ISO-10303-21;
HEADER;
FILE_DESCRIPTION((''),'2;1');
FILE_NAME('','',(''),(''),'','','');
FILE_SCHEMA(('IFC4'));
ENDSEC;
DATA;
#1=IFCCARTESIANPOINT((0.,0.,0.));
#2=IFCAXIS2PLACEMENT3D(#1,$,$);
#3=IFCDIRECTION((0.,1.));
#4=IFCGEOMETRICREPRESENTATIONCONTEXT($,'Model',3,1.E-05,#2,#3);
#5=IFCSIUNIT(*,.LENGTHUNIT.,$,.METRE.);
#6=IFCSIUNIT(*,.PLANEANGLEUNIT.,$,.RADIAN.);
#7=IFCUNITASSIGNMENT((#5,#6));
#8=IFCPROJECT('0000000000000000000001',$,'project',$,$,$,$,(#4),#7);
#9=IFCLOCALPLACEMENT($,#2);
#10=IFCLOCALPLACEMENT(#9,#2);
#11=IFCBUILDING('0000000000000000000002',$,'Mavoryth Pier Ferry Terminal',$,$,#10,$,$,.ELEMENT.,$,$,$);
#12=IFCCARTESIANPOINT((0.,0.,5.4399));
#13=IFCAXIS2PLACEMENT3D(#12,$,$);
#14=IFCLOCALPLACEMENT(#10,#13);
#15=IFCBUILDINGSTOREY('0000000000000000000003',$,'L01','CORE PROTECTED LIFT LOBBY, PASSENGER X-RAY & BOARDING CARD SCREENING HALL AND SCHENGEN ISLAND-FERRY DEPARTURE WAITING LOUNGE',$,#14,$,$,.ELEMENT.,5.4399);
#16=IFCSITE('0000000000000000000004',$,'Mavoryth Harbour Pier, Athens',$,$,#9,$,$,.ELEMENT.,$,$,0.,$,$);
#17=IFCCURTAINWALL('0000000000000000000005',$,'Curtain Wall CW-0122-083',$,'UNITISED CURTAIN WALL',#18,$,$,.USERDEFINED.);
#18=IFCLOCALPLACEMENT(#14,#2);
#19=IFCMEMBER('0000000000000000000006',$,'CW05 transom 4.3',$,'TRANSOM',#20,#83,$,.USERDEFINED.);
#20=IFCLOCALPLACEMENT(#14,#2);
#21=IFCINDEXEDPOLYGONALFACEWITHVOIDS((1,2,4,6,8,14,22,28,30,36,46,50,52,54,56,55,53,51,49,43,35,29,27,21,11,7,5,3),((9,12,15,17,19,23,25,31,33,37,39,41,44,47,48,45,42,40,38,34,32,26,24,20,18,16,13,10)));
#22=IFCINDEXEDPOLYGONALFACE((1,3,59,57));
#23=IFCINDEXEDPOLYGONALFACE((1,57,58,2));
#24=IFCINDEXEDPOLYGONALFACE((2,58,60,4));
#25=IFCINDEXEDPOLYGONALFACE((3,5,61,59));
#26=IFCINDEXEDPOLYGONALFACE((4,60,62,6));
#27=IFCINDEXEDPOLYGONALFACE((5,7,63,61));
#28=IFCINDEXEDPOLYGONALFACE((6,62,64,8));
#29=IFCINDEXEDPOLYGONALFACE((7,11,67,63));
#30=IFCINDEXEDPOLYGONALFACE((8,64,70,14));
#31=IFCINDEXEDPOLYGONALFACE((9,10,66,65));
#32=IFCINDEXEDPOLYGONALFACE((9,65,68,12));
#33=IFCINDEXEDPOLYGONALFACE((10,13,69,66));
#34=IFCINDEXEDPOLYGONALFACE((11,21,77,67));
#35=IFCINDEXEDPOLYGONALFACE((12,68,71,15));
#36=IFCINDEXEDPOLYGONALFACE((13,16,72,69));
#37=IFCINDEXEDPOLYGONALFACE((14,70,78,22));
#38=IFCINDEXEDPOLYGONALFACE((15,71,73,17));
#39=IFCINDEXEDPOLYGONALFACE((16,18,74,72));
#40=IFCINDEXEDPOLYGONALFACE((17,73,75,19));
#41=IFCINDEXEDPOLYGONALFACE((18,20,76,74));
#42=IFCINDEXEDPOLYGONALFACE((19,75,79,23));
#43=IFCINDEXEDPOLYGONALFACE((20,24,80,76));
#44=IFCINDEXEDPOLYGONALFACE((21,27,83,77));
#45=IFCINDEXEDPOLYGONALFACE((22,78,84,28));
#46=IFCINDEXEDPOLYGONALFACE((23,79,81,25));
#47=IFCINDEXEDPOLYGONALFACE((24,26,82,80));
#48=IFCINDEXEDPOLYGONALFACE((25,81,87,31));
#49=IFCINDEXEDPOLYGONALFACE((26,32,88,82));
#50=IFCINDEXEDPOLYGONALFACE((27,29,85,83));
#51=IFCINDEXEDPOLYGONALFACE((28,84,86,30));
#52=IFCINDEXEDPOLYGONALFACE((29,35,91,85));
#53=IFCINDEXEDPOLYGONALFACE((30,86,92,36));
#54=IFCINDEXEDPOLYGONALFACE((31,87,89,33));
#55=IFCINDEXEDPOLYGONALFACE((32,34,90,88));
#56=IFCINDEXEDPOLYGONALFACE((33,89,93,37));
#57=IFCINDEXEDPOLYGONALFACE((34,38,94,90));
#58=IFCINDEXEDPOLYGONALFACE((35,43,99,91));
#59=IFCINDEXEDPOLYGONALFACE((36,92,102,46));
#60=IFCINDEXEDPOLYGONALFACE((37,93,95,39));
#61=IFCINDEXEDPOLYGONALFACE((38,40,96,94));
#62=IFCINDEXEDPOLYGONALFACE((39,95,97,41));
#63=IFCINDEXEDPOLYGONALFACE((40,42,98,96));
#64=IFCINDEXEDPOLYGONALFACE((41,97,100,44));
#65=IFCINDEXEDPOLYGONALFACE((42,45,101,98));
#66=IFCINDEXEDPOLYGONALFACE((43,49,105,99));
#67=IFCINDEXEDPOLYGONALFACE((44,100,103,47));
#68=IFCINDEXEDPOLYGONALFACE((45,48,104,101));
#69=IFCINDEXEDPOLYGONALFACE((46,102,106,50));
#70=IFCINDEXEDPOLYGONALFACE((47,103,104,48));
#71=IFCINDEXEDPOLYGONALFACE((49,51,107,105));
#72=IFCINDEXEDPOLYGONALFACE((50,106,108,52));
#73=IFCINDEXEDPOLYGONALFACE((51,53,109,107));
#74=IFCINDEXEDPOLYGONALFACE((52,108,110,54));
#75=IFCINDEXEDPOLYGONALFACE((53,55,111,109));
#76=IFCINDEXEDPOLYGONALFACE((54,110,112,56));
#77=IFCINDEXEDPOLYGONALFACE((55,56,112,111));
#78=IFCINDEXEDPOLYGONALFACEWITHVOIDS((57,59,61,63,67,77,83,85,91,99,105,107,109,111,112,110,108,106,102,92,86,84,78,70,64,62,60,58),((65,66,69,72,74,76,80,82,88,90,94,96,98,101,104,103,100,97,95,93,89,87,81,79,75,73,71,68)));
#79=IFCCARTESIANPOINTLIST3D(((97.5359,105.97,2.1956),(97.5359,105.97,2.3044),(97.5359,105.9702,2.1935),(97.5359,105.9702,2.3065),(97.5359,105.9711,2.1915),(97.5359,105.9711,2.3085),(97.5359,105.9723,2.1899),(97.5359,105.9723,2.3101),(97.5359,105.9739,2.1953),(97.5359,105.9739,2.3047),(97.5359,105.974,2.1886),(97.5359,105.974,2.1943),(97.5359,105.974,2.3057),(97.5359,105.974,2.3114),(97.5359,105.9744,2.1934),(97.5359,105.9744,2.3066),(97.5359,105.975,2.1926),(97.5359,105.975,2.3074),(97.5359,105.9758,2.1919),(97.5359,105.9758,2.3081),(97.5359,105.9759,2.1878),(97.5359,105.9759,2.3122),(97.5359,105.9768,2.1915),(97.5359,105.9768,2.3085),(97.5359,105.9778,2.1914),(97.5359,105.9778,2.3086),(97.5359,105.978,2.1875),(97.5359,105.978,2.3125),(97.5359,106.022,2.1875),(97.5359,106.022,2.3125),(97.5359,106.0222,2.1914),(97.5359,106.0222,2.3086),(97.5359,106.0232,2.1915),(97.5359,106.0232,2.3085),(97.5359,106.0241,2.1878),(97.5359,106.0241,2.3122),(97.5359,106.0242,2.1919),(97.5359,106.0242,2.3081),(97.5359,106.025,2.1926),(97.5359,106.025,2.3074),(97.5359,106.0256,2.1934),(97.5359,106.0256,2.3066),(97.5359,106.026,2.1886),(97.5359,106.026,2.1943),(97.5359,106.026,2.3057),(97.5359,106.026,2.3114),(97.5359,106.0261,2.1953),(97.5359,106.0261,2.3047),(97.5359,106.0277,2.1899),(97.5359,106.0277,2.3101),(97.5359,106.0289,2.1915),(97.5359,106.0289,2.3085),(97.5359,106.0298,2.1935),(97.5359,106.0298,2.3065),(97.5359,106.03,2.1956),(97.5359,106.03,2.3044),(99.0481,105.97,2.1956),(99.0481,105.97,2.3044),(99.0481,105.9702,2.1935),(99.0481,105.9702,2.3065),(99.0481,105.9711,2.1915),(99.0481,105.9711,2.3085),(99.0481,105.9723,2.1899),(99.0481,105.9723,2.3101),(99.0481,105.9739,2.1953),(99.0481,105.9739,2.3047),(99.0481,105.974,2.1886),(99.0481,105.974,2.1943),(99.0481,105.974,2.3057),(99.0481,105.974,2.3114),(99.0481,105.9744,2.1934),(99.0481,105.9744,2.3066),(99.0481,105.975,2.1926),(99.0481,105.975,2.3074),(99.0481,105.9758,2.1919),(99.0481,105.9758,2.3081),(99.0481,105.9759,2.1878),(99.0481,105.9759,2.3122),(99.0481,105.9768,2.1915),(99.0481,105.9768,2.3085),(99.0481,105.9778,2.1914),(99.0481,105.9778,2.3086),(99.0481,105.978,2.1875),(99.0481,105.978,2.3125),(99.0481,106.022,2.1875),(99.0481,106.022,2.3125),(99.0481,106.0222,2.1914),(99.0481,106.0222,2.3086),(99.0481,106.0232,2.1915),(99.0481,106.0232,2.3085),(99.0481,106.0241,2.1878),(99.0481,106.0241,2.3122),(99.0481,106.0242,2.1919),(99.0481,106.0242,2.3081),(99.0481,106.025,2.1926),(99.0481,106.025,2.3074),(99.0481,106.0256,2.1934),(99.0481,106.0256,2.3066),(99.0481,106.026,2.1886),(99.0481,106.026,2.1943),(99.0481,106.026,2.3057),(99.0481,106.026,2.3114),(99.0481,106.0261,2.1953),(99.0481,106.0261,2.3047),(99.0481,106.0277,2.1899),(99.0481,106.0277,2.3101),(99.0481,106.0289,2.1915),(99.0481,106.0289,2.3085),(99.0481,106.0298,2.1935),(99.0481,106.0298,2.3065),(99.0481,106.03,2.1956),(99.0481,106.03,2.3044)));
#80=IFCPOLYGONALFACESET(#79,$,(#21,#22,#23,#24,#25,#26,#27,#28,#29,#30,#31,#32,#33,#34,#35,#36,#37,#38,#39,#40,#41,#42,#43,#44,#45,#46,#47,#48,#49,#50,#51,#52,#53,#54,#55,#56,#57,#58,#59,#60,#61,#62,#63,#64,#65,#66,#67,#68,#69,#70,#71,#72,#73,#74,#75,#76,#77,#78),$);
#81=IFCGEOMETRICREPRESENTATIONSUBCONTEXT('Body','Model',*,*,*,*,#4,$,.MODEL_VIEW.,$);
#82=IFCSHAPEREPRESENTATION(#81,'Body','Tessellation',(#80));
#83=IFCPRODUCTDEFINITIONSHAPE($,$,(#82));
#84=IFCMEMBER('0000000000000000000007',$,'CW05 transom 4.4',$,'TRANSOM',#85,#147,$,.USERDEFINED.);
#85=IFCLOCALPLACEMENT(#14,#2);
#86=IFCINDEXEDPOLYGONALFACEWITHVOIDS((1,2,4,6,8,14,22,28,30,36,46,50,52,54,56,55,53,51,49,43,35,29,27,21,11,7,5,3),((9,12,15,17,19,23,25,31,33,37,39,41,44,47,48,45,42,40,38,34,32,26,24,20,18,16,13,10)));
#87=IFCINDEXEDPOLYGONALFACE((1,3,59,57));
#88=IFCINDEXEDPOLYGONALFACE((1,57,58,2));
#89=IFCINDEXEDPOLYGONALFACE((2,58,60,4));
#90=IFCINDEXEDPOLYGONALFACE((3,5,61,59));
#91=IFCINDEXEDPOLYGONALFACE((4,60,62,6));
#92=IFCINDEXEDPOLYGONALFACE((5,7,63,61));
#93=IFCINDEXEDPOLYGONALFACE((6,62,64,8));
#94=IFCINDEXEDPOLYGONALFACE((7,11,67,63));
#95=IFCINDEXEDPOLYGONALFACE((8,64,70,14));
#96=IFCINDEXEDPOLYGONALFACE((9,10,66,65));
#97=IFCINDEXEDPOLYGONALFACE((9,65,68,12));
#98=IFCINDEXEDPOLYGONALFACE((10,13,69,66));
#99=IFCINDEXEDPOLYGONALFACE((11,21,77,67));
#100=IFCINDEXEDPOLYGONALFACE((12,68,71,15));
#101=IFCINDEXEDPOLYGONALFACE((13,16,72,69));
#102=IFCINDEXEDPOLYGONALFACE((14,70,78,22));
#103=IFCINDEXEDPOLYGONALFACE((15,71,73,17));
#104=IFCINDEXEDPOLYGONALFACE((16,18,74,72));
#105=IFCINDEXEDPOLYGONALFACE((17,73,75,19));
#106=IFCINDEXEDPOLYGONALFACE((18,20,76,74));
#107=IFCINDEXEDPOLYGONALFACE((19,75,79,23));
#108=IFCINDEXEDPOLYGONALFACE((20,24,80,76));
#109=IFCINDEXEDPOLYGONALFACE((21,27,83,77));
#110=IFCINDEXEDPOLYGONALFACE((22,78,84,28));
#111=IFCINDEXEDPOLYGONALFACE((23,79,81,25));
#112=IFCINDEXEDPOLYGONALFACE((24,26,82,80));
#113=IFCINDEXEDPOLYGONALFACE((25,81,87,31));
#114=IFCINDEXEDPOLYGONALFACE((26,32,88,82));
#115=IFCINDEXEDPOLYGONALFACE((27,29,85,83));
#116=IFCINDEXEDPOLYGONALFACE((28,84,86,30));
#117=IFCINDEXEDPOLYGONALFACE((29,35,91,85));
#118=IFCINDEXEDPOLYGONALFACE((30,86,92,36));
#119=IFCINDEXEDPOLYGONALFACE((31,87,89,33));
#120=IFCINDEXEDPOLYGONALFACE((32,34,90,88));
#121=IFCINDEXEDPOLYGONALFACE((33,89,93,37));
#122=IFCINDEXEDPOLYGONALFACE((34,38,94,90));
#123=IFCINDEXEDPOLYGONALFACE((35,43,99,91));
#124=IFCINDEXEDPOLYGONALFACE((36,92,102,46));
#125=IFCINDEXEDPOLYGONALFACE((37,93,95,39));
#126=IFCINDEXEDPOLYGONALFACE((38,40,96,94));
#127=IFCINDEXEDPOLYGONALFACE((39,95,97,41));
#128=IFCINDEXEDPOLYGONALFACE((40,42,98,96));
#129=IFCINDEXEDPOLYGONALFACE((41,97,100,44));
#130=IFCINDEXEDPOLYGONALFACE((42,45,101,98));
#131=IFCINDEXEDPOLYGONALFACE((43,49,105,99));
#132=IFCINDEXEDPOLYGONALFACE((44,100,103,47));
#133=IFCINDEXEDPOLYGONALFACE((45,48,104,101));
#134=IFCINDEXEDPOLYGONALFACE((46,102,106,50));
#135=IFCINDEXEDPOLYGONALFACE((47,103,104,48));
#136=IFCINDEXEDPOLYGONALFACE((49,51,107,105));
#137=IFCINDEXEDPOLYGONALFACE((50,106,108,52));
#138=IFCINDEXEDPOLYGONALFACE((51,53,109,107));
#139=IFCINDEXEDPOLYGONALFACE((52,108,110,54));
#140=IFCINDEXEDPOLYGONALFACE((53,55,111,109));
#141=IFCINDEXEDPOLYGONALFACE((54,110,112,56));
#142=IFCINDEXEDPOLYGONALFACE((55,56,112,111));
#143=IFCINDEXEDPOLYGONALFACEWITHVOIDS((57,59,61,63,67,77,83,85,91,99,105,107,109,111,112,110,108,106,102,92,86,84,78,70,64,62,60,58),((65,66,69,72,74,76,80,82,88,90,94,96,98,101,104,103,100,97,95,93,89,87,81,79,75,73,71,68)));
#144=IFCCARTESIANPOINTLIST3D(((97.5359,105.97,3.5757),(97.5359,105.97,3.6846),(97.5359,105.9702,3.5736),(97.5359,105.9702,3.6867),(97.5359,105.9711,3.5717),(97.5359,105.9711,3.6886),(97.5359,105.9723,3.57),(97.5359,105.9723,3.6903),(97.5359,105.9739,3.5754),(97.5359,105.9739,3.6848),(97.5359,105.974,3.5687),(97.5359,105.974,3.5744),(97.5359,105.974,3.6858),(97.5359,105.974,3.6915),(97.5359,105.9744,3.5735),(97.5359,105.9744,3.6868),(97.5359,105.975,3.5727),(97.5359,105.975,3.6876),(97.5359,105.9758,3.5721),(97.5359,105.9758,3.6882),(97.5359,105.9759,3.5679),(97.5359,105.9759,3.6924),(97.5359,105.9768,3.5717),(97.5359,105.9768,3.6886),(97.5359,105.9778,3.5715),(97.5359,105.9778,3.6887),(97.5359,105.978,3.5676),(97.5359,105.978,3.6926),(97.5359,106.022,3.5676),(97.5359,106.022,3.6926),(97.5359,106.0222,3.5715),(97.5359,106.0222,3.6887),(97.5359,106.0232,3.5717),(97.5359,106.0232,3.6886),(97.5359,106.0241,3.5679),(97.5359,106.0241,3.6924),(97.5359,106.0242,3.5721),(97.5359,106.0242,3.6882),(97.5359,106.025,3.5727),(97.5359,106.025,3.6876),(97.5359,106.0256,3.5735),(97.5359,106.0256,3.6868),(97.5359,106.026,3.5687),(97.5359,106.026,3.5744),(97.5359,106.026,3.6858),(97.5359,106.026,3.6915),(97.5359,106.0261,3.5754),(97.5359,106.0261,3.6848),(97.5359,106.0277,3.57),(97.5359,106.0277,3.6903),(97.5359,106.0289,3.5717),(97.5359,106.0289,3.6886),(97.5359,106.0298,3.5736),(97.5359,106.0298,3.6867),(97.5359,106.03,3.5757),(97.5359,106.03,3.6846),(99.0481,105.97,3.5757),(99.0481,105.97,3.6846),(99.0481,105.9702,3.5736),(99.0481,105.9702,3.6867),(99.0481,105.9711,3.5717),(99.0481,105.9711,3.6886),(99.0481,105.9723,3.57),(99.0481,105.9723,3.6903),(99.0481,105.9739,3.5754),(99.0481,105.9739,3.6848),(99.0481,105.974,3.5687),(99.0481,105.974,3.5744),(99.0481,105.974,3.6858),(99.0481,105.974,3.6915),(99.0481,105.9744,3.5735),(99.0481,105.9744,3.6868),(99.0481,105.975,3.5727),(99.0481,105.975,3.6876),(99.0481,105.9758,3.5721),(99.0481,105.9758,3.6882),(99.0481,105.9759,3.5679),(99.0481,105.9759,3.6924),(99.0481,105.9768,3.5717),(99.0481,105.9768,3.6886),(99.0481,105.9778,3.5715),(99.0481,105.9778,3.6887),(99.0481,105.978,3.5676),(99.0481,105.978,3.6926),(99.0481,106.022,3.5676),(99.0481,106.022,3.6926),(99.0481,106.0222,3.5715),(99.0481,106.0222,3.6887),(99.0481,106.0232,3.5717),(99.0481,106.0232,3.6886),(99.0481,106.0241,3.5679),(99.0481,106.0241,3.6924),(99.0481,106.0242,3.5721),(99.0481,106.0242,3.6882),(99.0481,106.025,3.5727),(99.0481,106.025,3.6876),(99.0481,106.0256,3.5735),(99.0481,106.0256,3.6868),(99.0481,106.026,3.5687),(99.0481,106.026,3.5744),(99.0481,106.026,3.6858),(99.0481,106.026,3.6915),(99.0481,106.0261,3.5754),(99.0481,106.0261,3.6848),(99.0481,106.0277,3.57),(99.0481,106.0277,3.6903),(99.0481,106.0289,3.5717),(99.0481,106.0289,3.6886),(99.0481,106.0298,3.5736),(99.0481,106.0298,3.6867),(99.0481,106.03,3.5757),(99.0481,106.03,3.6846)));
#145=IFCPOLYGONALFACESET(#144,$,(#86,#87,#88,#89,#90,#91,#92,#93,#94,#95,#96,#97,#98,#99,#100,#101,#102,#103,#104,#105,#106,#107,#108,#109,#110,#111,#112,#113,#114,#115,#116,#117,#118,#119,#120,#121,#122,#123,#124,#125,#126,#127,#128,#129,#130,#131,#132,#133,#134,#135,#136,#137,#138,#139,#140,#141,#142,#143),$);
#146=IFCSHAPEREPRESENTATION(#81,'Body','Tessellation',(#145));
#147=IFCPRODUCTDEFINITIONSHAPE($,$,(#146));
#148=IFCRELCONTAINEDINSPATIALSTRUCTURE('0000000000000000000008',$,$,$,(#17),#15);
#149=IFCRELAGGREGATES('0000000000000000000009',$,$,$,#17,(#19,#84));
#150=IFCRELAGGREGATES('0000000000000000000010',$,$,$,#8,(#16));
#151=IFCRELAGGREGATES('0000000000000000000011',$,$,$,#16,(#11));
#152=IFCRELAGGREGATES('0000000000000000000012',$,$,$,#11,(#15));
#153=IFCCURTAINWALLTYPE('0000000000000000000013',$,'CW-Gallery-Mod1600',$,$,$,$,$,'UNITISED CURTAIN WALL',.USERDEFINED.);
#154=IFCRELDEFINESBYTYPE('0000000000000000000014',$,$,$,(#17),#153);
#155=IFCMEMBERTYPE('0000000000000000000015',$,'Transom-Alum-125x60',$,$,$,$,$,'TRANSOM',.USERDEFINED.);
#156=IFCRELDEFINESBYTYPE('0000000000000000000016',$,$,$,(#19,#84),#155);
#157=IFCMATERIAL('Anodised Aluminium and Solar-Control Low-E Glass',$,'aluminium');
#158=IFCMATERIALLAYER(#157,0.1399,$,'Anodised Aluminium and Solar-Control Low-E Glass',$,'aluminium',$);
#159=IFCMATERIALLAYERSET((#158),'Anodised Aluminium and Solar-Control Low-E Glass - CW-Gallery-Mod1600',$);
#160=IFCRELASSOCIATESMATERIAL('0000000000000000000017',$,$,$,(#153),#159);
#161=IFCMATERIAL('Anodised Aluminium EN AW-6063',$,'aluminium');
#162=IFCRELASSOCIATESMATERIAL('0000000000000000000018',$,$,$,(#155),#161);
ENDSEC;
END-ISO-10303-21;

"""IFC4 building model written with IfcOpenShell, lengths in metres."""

from ifc_helpers import new_model, si_unit, direction, frame, origin, origin_2d, place, context, subcontext, project, spatial, hollow_rectangle, extrude, material, layer, layer_set, material_profile, profile_set, type_object, element, aggregate, save


model = new_model("IFC4")

# Units and contexts
model_context = context("Model", 3, precision=1e-05, world=origin(), true_north=direction((0.0, 1.0)))
body_context = subcontext(model_context, "Body", "Model", "MODEL_VIEW")
ifc_project = project(units=[si_unit("LENGTHUNIT", "METRE"), si_unit("PLANEANGLEUNIT", "RADIAN")], contexts=[model_context])

# Site, building, storey
site_placement = place(None, origin())
site = spatial("IfcSite", under=ifc_project, at=site_placement, Name="Mavoryth Harbour Pier, Athens", CompositionType="ELEMENT", RefElevation=0.0)
building_placement = place(site_placement, origin())
building = spatial("IfcBuilding", under=site, at=building_placement, Name="Mavoryth Pier Ferry Terminal", CompositionType="ELEMENT")
storey_placement = place(building_placement, frame((0.0, 0.0, 5.4399)))
storey = spatial("IfcBuildingStorey", under=building, at=storey_placement, Name="L01", Description="CORE PROTECTED LIFT LOBBY, PASSENGER X-RAY & BOARDING CARD SCREENING HALL AND SCHENGEN ISLAND-FERRY DEPARTURE WAITING LOUNGE", CompositionType="ELEMENT", Elevation=5.4399)

# Curtain wall
ifc_material_1 = material(Name="Anodised Aluminium and Solar-Control Low-E Glass", Category="aluminium")
ifc_layer_1 = layer(ifc_material_1, 0.1399, Name="Anodised Aluminium and Solar-Control Low-E Glass", Category="aluminium")
ifc_layer_set_1 = layer_set([ifc_layer_1], Name="Anodised Aluminium and Solar-Control Low-E Glass - CW-Gallery-Mod1600")
curtain_wall_type = type_object("IfcCurtainWallType", Name="CW-Gallery-Mod1600", ElementType="UNITISED CURTAIN WALL", PredefinedType="USERDEFINED", material=ifc_layer_set_1)
curtain_wall_1_placement = place(storey_placement, origin())
curtain_wall_1 = element("IfcCurtainWall", 1, at=curtain_wall_1_placement, inside=storey, type_object=curtain_wall_type, Name="Curtain Wall CW-0122-083", ObjectType="UNITISED CURTAIN WALL", PredefinedType="USERDEFINED")
ifc_material_2 = material(Name="Anodised Aluminium EN AW-6063", Category="aluminium")

# Members
ifc_material_profile_1 = material_profile(ifc_material_2, hollow_rectangle(XDim=0.0601, YDim=0.125, WallThickness=0.0039, InnerFilletRadius=0.0039, OuterFilletRadius=0.0081, at=origin_2d()), Name="AL-TRAN 125x60x4", Category="aluminium")
ifc_profile_set_1 = profile_set([ifc_material_profile_1], Name="Anodised Aluminium EN AW-6063 - AL-TRAN 125x60x4")
member_type_1 = type_object("IfcMemberType", Name="Transom-Alum-125x60", ElementType="TRANSOM", PredefinedType="USERDEFINED", material=ifc_profile_set_1)
member_1_placement = place(storey_placement, frame((97.5359, 106.0, 2.25), z_axis=(1.0, 0.0, 0.0), x_axis=(0.0, 1.0, 0.0)))
member_1 = element("IfcMember", 2, at=member_1_placement, type_object=member_type_1, Name="CW05 transom 4.3", ObjectType="TRANSOM", PredefinedType="USERDEFINED", context=body_context, shape_type="SweptSolid", body=[
    extrude(hollow_rectangle(XDim=0.0601, YDim=0.125, WallThickness=0.0039, InnerFilletRadius=0.0039, OuterFilletRadius=0.0081, at=origin_2d()), origin(), (0.0, 0.0, 1.0), 1.5122),
])
member_2_placement = place(storey_placement, frame((97.5359, 106.0, 3.6301), z_axis=(1.0, 0.0, 0.0), x_axis=(0.0, 1.0, 0.0)))
member_2 = element("IfcMember", 3, at=member_2_placement, type_object=member_type_1, Name="CW05 transom 4.4", ObjectType="TRANSOM", PredefinedType="USERDEFINED", context=body_context, shape_type="SweptSolid", body=[
    extrude(hollow_rectangle(XDim=0.0601, YDim=0.125, WallThickness=0.0039, InnerFilletRadius=0.0039, OuterFilletRadius=0.0081, at=origin_2d()), origin(), (0.0, 0.0, 1.0), 1.5122),
])

aggregate(curtain_wall_1, [member_1, member_2])

save(model, "model.ifc")
